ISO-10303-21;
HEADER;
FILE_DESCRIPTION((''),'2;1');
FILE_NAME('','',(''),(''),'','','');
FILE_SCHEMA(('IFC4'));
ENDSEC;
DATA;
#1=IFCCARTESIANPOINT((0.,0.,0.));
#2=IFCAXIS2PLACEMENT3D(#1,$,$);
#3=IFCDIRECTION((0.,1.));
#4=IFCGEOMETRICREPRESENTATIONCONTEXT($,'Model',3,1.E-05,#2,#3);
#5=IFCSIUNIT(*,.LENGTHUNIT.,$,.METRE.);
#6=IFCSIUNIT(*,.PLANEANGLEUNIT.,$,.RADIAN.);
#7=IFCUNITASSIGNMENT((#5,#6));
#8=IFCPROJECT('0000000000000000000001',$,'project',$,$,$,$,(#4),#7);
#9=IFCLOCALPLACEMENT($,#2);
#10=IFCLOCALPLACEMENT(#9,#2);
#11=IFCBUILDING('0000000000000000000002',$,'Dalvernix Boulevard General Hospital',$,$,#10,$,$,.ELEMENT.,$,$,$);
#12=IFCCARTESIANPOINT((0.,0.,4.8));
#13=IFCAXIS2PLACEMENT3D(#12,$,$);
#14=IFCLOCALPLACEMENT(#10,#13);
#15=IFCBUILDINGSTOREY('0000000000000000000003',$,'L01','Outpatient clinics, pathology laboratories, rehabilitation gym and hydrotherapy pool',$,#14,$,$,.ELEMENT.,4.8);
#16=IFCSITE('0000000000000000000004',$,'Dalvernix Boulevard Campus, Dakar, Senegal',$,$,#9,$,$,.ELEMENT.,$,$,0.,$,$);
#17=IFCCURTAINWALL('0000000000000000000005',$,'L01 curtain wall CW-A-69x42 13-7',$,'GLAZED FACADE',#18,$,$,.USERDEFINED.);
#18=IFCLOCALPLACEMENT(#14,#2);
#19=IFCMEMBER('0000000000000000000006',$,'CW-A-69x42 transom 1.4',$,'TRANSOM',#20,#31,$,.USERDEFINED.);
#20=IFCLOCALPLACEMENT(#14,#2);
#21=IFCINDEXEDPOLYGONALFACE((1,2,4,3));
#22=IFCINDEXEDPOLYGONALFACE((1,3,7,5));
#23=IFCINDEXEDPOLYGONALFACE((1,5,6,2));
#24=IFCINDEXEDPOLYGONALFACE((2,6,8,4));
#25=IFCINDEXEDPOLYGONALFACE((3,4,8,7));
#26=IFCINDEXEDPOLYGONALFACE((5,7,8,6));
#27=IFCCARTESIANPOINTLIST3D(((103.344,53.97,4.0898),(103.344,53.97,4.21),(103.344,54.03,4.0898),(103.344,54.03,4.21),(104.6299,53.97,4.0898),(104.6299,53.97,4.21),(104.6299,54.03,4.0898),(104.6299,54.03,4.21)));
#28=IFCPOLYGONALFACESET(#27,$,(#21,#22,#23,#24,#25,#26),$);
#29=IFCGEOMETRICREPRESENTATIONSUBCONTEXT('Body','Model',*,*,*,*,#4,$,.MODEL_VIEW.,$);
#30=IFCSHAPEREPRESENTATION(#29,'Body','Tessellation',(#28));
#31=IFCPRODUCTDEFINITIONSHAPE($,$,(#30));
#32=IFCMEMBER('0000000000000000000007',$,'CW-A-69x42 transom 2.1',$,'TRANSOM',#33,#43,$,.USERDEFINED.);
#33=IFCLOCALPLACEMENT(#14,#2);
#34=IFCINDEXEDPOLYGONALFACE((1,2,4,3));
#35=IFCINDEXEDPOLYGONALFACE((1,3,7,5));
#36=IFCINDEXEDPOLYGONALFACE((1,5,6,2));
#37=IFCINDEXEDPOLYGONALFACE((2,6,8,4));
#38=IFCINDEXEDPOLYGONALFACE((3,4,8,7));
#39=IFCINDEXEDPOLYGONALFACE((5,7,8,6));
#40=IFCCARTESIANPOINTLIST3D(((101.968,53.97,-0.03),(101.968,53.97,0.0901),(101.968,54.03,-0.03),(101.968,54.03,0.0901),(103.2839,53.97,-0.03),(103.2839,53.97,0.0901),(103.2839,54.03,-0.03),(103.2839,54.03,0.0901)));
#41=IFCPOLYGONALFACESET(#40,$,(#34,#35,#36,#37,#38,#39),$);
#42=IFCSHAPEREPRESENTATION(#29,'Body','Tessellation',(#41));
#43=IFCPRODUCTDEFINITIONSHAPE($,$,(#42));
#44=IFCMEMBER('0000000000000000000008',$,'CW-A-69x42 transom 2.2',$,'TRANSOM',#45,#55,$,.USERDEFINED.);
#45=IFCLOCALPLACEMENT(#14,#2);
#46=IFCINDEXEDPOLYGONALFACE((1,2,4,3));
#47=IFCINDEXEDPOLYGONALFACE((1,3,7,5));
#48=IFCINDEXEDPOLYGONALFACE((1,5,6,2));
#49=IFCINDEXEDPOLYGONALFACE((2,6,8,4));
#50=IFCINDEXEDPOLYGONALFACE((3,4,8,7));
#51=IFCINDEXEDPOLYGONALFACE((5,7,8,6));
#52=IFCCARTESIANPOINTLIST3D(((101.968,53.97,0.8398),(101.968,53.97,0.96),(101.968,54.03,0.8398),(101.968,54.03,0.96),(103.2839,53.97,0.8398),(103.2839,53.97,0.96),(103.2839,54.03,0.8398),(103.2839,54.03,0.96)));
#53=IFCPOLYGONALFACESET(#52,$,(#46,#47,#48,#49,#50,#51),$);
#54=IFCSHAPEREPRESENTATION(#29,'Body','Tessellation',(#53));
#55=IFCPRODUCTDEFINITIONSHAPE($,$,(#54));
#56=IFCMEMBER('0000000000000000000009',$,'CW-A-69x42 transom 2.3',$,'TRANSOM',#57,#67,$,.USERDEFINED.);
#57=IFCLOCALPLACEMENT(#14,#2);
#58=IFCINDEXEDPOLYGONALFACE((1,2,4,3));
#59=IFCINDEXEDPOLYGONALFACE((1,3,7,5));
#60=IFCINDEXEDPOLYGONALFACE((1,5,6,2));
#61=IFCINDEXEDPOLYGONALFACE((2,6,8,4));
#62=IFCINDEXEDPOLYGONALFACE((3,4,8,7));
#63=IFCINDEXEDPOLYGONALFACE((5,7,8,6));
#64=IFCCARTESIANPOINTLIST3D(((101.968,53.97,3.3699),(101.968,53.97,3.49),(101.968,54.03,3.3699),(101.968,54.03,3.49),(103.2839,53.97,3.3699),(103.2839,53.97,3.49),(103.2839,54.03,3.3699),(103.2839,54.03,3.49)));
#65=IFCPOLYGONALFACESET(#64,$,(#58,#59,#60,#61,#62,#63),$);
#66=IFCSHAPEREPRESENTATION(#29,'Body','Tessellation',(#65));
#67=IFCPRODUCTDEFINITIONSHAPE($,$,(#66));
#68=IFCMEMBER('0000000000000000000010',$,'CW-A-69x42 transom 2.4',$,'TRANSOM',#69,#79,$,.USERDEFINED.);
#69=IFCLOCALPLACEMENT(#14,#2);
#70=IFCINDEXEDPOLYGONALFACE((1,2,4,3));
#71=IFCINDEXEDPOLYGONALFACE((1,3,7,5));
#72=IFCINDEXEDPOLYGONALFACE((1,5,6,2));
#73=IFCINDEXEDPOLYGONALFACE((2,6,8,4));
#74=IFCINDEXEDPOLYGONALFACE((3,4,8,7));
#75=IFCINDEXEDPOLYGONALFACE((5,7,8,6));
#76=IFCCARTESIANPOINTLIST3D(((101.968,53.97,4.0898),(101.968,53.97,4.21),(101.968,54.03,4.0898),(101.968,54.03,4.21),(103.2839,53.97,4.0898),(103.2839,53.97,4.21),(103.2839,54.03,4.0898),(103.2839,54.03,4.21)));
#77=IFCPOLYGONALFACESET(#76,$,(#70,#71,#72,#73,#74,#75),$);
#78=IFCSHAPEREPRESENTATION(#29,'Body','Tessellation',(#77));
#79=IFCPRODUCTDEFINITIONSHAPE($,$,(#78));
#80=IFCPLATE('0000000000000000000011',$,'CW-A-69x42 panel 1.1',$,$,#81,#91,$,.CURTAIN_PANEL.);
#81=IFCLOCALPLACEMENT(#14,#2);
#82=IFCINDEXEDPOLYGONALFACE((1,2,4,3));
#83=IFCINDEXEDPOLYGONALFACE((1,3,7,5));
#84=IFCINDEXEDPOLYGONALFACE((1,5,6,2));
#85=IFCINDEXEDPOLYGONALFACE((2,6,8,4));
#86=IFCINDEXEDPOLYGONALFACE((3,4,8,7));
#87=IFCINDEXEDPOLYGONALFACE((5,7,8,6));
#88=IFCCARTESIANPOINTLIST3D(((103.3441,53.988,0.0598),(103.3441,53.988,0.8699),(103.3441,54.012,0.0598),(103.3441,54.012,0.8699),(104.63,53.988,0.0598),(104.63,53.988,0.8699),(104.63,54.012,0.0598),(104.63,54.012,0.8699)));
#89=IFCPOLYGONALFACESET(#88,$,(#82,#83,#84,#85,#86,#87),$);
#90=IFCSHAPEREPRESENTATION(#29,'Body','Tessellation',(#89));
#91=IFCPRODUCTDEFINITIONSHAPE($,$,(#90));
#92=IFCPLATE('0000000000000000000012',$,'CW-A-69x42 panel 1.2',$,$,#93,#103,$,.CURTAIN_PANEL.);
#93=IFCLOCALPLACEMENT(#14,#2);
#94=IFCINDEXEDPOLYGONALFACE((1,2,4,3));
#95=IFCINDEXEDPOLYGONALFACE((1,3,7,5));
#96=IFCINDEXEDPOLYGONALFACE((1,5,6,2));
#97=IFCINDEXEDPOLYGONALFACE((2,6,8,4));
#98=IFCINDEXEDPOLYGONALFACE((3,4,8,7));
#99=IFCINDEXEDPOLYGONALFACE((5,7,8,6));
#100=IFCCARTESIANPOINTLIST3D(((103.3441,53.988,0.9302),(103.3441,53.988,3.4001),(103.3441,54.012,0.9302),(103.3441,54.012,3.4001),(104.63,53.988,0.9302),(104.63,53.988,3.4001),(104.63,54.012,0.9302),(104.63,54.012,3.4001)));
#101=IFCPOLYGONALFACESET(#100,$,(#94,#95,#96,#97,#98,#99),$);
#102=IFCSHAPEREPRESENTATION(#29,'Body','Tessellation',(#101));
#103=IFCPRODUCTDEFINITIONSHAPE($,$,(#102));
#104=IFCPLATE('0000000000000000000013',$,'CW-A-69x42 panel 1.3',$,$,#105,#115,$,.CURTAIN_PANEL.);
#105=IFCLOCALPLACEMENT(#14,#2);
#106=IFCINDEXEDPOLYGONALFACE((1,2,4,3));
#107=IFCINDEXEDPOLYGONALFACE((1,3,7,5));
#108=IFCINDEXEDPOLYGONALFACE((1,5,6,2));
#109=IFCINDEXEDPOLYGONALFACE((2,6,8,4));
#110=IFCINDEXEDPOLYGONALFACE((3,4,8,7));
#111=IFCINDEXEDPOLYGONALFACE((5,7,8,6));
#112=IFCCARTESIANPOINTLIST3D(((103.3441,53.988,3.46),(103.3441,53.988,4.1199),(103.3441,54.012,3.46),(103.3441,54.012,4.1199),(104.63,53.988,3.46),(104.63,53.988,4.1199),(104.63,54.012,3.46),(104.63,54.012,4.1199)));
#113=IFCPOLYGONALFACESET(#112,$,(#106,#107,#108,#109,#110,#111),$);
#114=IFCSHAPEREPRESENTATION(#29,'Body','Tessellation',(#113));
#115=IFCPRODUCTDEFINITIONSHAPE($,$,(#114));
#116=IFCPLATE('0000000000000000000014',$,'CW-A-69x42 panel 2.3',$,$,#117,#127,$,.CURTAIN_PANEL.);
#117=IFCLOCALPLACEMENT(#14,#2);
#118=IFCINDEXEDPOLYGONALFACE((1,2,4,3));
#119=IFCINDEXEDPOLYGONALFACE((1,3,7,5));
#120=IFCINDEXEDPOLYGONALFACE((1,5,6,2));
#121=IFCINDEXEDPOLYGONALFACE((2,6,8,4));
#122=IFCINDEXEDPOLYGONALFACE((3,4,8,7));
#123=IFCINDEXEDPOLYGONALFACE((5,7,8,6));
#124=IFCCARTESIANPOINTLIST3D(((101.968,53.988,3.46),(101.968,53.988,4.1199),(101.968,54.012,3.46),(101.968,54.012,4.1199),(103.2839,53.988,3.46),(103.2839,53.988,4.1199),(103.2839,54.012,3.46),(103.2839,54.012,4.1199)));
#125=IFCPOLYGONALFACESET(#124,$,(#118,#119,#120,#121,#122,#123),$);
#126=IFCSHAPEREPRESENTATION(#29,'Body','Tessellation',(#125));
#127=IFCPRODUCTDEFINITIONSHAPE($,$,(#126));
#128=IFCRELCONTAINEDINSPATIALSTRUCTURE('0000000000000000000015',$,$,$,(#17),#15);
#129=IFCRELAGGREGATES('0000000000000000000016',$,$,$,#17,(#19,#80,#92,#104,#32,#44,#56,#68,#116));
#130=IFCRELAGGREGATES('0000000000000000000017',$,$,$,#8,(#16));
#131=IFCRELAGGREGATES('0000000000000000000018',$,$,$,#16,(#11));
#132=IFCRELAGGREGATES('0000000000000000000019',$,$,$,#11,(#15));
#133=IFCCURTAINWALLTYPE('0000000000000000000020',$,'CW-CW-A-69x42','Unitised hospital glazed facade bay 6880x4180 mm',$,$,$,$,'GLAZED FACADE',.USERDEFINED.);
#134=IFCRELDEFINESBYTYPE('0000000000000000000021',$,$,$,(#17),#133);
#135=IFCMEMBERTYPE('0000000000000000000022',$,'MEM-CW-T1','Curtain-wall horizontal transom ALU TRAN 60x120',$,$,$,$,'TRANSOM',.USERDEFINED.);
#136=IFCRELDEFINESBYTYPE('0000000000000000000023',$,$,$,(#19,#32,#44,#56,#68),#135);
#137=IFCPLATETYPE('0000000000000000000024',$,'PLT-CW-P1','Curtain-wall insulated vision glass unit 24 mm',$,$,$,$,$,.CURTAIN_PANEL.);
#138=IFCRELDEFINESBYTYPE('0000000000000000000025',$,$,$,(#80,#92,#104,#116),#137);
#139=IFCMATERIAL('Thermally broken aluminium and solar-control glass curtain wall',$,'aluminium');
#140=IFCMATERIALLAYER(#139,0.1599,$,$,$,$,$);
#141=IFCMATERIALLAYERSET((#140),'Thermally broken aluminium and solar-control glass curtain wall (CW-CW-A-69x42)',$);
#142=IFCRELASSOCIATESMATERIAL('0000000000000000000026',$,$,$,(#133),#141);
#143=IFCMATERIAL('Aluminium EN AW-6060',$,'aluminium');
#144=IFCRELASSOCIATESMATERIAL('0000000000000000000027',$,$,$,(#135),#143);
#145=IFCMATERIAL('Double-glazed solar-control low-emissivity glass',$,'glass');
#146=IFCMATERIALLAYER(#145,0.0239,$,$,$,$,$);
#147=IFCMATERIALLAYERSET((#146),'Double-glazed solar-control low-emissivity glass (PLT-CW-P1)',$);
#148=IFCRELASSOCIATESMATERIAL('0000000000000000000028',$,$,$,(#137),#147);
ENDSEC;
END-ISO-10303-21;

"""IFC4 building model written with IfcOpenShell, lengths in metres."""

from ifc_helpers import new_model, si_unit, direction, frame, origin, origin_2d, place, context, subcontext, project, spatial, rectangle, extrude, material, layer, layer_set, material_profile, profile_set, type_object, element, aggregate, save


model = new_model("IFC4")

# Units and contexts
model_context = context("Model", 3, precision=1e-05, world=origin(), true_north=direction((0.0, 1.0)))
body_context = subcontext(model_context, "Body", "Model", "MODEL_VIEW")
ifc_project = project(units=[si_unit("LENGTHUNIT", "METRE"), si_unit("PLANEANGLEUNIT", "RADIAN")], contexts=[model_context])

# Site, building, storey
site_placement = place(None, origin())
site = spatial("IfcSite", under=ifc_project, at=site_placement, Name="Dalvernix Boulevard Campus, Dakar, Senegal", CompositionType="ELEMENT", RefElevation=0.0)
building_placement = place(site_placement, origin())
building = spatial("IfcBuilding", under=site, at=building_placement, Name="Dalvernix Boulevard General Hospital", CompositionType="ELEMENT")
storey_placement = place(building_placement, frame((0.0, 0.0, 4.8)))
storey = spatial("IfcBuildingStorey", under=building, at=storey_placement, Name="L01", Description="Outpatient clinics, pathology laboratories, rehabilitation gym and hydrotherapy pool", CompositionType="ELEMENT", Elevation=4.8)

# Curtain wall, members, plates
ifc_material_1 = material(Name="Thermally broken aluminium and solar-control glass curtain wall", Category="aluminium")
ifc_layer_1 = layer(ifc_material_1, 0.1599)
ifc_layer_set_1 = layer_set([ifc_layer_1], Name="Thermally broken aluminium and solar-control glass curtain wall (CW-CW-A-69x42)")
curtain_wall_type = type_object("IfcCurtainWallType", Name="CW-CW-A-69x42", Description="Unitised hospital glazed facade bay 6880x4180 mm", ElementType="GLAZED FACADE", PredefinedType="USERDEFINED", material=ifc_layer_set_1)
curtain_wall_placement = place(storey_placement, origin())
curtain_wall = element("IfcCurtainWall", 1, at=curtain_wall_placement, inside=storey, type_object=curtain_wall_type, Name="L01 curtain wall CW-A-69x42 13-7", ObjectType="GLAZED FACADE", PredefinedType="USERDEFINED")
ifc_material_2 = material(Name="Aluminium EN AW-6060", Category="aluminium")
ifc_material_profile_1 = material_profile(ifc_material_2, rectangle(XDim=0.0601, YDim=0.1201, at=origin_2d()), Name="ALU TRAN 60x120")
ifc_profile_set_1 = profile_set([ifc_material_profile_1], Name="Aluminium EN AW-6060")
member_type_1 = type_object("IfcMemberType", Name="MEM-CW-T1", Description="Curtain-wall horizontal transom ALU TRAN 60x120", ElementType="TRANSOM", PredefinedType="USERDEFINED", material=ifc_profile_set_1)
member_1_placement = place(storey_placement, frame((104.6299, 54.0, 4.1499), z_axis=(-1.0, 0.0, 0.0), x_axis=(0.0, -1.0, 0.0)))
member_1 = element("IfcMember", 2, at=member_1_placement, type_object=member_type_1, Name="CW-A-69x42 transom 1.4", ObjectType="TRANSOM", PredefinedType="USERDEFINED", context=body_context, shape_type="SweptSolid", body=[
    extrude(rectangle(XDim=0.0601, YDim=0.1201, at=origin_2d()), origin(), (0.0, 0.0, 1.0), 1.2859),
])
member_2_placement = place(storey_placement, frame((103.2839, 54.0, 0.03), z_axis=(-1.0, 0.0, 0.0), x_axis=(0.0, -1.0, 0.0)))
member_2 = element("IfcMember", 3, at=member_2_placement, type_object=member_type_1, Name="CW-A-69x42 transom 2.1", ObjectType="TRANSOM", PredefinedType="USERDEFINED", context=body_context, shape_type="SweptSolid", body=[
    extrude(rectangle(XDim=0.0601, YDim=0.1201, at=origin_2d()), origin(), (0.0, 0.0, 1.0), 1.3159),
])
member_3_placement = place(storey_placement, frame((103.2839, 54.0, 0.8999), z_axis=(-1.0, 0.0, 0.0), x_axis=(0.0, -1.0, 0.0)))
member_3 = element("IfcMember", 4, at=member_3_placement, type_object=member_type_1, Name="CW-A-69x42 transom 2.2", ObjectType="TRANSOM", PredefinedType="USERDEFINED", context=body_context, shape_type="SweptSolid", body=[
    extrude(rectangle(XDim=0.0601, YDim=0.1201, at=origin_2d()), origin(), (0.0, 0.0, 1.0), 1.3159),
])
member_4_placement = place(storey_placement, frame((103.2839, 54.0, 3.4299), z_axis=(-1.0, 0.0, 0.0), x_axis=(0.0, -1.0, 0.0)))
member_4 = element("IfcMember", 5, at=member_4_placement, type_object=member_type_1, Name="CW-A-69x42 transom 2.3", ObjectType="TRANSOM", PredefinedType="USERDEFINED", context=body_context, shape_type="SweptSolid", body=[
    extrude(rectangle(XDim=0.0601, YDim=0.1201, at=origin_2d()), origin(), (0.0, 0.0, 1.0), 1.3159),
])
member_5_placement = place(storey_placement, frame((103.2839, 54.0, 4.1499), z_axis=(-1.0, 0.0, 0.0), x_axis=(0.0, -1.0, 0.0)))
member_5 = element("IfcMember", 6, at=member_5_placement, type_object=member_type_1, Name="CW-A-69x42 transom 2.4", ObjectType="TRANSOM", PredefinedType="USERDEFINED", context=body_context, shape_type="SweptSolid", body=[
    extrude(rectangle(XDim=0.0601, YDim=0.1201, at=origin_2d()), origin(), (0.0, 0.0, 1.0), 1.3159),
])
ifc_material_3 = material(Name="Double-glazed solar-control low-emissivity glass", Category="glass")
ifc_layer_2 = layer(ifc_material_3, 0.0239)
ifc_layer_set_2 = layer_set([ifc_layer_2], Name="Double-glazed solar-control low-emissivity glass (PLT-CW-P1)")
plate_type = type_object("IfcPlateType", Name="PLT-CW-P1", Description="Curtain-wall insulated vision glass unit 24 mm", PredefinedType="CURTAIN_PANEL", material=ifc_layer_set_2)
plate_1_placement = place(storey_placement, frame((103.9871, 54.0, 0.0598), z_axis=(0.0, 0.0, 1.0), x_axis=(-1.0, 0.0, 0.0)))
plate_1 = element("IfcPlate", 7, at=plate_1_placement, type_object=plate_type, Name="CW-A-69x42 panel 1.1", PredefinedType="CURTAIN_PANEL", context=body_context, shape_type="SweptSolid", body=[
    extrude(rectangle(XDim=1.2859, YDim=0.0239, at=origin_2d()), origin(), (0.0, 0.0, 1.0), 0.8101),
])
plate_2_placement = place(storey_placement, frame((103.9871, 54.0, 0.9302), z_axis=(0.0, 0.0, 1.0), x_axis=(-1.0, 0.0, 0.0)))
plate_2 = element("IfcPlate", 8, at=plate_2_placement, type_object=plate_type, Name="CW-A-69x42 panel 1.2", PredefinedType="CURTAIN_PANEL", context=body_context, shape_type="SweptSolid", body=[
    extrude(rectangle(XDim=1.2859, YDim=0.0239, at=origin_2d()), origin(), (0.0, 0.0, 1.0), 2.47),
])
plate_3_placement = place(storey_placement, frame((103.9871, 54.0, 3.46), z_axis=(0.0, 0.0, 1.0), x_axis=(-1.0, 0.0, 0.0)))
plate_3 = element("IfcPlate", 9, at=plate_3_placement, type_object=plate_type, Name="CW-A-69x42 panel 1.3", PredefinedType="CURTAIN_PANEL", context=body_context, shape_type="SweptSolid", body=[
    extrude(rectangle(XDim=1.2859, YDim=0.0239, at=origin_2d()), origin(), (0.0, 0.0, 1.0), 0.6599),
])
plate_4_placement = place(storey_placement, frame((102.626, 54.0, 3.46), z_axis=(0.0, 0.0, 1.0), x_axis=(-1.0, 0.0, 0.0)))
plate_4 = element("IfcPlate", 10, at=plate_4_placement, type_object=plate_type, Name="CW-A-69x42 panel 2.3", PredefinedType="CURTAIN_PANEL", context=body_context, shape_type="SweptSolid", body=[
    extrude(rectangle(XDim=1.3159, YDim=0.0239, at=origin_2d()), origin(), (0.0, 0.0, 1.0), 0.6599),
])
aggregate(curtain_wall, [member_1, plate_1, plate_2, plate_3, member_2, member_3, member_4, member_5, plate_4])

save(model, "model.ifc")
